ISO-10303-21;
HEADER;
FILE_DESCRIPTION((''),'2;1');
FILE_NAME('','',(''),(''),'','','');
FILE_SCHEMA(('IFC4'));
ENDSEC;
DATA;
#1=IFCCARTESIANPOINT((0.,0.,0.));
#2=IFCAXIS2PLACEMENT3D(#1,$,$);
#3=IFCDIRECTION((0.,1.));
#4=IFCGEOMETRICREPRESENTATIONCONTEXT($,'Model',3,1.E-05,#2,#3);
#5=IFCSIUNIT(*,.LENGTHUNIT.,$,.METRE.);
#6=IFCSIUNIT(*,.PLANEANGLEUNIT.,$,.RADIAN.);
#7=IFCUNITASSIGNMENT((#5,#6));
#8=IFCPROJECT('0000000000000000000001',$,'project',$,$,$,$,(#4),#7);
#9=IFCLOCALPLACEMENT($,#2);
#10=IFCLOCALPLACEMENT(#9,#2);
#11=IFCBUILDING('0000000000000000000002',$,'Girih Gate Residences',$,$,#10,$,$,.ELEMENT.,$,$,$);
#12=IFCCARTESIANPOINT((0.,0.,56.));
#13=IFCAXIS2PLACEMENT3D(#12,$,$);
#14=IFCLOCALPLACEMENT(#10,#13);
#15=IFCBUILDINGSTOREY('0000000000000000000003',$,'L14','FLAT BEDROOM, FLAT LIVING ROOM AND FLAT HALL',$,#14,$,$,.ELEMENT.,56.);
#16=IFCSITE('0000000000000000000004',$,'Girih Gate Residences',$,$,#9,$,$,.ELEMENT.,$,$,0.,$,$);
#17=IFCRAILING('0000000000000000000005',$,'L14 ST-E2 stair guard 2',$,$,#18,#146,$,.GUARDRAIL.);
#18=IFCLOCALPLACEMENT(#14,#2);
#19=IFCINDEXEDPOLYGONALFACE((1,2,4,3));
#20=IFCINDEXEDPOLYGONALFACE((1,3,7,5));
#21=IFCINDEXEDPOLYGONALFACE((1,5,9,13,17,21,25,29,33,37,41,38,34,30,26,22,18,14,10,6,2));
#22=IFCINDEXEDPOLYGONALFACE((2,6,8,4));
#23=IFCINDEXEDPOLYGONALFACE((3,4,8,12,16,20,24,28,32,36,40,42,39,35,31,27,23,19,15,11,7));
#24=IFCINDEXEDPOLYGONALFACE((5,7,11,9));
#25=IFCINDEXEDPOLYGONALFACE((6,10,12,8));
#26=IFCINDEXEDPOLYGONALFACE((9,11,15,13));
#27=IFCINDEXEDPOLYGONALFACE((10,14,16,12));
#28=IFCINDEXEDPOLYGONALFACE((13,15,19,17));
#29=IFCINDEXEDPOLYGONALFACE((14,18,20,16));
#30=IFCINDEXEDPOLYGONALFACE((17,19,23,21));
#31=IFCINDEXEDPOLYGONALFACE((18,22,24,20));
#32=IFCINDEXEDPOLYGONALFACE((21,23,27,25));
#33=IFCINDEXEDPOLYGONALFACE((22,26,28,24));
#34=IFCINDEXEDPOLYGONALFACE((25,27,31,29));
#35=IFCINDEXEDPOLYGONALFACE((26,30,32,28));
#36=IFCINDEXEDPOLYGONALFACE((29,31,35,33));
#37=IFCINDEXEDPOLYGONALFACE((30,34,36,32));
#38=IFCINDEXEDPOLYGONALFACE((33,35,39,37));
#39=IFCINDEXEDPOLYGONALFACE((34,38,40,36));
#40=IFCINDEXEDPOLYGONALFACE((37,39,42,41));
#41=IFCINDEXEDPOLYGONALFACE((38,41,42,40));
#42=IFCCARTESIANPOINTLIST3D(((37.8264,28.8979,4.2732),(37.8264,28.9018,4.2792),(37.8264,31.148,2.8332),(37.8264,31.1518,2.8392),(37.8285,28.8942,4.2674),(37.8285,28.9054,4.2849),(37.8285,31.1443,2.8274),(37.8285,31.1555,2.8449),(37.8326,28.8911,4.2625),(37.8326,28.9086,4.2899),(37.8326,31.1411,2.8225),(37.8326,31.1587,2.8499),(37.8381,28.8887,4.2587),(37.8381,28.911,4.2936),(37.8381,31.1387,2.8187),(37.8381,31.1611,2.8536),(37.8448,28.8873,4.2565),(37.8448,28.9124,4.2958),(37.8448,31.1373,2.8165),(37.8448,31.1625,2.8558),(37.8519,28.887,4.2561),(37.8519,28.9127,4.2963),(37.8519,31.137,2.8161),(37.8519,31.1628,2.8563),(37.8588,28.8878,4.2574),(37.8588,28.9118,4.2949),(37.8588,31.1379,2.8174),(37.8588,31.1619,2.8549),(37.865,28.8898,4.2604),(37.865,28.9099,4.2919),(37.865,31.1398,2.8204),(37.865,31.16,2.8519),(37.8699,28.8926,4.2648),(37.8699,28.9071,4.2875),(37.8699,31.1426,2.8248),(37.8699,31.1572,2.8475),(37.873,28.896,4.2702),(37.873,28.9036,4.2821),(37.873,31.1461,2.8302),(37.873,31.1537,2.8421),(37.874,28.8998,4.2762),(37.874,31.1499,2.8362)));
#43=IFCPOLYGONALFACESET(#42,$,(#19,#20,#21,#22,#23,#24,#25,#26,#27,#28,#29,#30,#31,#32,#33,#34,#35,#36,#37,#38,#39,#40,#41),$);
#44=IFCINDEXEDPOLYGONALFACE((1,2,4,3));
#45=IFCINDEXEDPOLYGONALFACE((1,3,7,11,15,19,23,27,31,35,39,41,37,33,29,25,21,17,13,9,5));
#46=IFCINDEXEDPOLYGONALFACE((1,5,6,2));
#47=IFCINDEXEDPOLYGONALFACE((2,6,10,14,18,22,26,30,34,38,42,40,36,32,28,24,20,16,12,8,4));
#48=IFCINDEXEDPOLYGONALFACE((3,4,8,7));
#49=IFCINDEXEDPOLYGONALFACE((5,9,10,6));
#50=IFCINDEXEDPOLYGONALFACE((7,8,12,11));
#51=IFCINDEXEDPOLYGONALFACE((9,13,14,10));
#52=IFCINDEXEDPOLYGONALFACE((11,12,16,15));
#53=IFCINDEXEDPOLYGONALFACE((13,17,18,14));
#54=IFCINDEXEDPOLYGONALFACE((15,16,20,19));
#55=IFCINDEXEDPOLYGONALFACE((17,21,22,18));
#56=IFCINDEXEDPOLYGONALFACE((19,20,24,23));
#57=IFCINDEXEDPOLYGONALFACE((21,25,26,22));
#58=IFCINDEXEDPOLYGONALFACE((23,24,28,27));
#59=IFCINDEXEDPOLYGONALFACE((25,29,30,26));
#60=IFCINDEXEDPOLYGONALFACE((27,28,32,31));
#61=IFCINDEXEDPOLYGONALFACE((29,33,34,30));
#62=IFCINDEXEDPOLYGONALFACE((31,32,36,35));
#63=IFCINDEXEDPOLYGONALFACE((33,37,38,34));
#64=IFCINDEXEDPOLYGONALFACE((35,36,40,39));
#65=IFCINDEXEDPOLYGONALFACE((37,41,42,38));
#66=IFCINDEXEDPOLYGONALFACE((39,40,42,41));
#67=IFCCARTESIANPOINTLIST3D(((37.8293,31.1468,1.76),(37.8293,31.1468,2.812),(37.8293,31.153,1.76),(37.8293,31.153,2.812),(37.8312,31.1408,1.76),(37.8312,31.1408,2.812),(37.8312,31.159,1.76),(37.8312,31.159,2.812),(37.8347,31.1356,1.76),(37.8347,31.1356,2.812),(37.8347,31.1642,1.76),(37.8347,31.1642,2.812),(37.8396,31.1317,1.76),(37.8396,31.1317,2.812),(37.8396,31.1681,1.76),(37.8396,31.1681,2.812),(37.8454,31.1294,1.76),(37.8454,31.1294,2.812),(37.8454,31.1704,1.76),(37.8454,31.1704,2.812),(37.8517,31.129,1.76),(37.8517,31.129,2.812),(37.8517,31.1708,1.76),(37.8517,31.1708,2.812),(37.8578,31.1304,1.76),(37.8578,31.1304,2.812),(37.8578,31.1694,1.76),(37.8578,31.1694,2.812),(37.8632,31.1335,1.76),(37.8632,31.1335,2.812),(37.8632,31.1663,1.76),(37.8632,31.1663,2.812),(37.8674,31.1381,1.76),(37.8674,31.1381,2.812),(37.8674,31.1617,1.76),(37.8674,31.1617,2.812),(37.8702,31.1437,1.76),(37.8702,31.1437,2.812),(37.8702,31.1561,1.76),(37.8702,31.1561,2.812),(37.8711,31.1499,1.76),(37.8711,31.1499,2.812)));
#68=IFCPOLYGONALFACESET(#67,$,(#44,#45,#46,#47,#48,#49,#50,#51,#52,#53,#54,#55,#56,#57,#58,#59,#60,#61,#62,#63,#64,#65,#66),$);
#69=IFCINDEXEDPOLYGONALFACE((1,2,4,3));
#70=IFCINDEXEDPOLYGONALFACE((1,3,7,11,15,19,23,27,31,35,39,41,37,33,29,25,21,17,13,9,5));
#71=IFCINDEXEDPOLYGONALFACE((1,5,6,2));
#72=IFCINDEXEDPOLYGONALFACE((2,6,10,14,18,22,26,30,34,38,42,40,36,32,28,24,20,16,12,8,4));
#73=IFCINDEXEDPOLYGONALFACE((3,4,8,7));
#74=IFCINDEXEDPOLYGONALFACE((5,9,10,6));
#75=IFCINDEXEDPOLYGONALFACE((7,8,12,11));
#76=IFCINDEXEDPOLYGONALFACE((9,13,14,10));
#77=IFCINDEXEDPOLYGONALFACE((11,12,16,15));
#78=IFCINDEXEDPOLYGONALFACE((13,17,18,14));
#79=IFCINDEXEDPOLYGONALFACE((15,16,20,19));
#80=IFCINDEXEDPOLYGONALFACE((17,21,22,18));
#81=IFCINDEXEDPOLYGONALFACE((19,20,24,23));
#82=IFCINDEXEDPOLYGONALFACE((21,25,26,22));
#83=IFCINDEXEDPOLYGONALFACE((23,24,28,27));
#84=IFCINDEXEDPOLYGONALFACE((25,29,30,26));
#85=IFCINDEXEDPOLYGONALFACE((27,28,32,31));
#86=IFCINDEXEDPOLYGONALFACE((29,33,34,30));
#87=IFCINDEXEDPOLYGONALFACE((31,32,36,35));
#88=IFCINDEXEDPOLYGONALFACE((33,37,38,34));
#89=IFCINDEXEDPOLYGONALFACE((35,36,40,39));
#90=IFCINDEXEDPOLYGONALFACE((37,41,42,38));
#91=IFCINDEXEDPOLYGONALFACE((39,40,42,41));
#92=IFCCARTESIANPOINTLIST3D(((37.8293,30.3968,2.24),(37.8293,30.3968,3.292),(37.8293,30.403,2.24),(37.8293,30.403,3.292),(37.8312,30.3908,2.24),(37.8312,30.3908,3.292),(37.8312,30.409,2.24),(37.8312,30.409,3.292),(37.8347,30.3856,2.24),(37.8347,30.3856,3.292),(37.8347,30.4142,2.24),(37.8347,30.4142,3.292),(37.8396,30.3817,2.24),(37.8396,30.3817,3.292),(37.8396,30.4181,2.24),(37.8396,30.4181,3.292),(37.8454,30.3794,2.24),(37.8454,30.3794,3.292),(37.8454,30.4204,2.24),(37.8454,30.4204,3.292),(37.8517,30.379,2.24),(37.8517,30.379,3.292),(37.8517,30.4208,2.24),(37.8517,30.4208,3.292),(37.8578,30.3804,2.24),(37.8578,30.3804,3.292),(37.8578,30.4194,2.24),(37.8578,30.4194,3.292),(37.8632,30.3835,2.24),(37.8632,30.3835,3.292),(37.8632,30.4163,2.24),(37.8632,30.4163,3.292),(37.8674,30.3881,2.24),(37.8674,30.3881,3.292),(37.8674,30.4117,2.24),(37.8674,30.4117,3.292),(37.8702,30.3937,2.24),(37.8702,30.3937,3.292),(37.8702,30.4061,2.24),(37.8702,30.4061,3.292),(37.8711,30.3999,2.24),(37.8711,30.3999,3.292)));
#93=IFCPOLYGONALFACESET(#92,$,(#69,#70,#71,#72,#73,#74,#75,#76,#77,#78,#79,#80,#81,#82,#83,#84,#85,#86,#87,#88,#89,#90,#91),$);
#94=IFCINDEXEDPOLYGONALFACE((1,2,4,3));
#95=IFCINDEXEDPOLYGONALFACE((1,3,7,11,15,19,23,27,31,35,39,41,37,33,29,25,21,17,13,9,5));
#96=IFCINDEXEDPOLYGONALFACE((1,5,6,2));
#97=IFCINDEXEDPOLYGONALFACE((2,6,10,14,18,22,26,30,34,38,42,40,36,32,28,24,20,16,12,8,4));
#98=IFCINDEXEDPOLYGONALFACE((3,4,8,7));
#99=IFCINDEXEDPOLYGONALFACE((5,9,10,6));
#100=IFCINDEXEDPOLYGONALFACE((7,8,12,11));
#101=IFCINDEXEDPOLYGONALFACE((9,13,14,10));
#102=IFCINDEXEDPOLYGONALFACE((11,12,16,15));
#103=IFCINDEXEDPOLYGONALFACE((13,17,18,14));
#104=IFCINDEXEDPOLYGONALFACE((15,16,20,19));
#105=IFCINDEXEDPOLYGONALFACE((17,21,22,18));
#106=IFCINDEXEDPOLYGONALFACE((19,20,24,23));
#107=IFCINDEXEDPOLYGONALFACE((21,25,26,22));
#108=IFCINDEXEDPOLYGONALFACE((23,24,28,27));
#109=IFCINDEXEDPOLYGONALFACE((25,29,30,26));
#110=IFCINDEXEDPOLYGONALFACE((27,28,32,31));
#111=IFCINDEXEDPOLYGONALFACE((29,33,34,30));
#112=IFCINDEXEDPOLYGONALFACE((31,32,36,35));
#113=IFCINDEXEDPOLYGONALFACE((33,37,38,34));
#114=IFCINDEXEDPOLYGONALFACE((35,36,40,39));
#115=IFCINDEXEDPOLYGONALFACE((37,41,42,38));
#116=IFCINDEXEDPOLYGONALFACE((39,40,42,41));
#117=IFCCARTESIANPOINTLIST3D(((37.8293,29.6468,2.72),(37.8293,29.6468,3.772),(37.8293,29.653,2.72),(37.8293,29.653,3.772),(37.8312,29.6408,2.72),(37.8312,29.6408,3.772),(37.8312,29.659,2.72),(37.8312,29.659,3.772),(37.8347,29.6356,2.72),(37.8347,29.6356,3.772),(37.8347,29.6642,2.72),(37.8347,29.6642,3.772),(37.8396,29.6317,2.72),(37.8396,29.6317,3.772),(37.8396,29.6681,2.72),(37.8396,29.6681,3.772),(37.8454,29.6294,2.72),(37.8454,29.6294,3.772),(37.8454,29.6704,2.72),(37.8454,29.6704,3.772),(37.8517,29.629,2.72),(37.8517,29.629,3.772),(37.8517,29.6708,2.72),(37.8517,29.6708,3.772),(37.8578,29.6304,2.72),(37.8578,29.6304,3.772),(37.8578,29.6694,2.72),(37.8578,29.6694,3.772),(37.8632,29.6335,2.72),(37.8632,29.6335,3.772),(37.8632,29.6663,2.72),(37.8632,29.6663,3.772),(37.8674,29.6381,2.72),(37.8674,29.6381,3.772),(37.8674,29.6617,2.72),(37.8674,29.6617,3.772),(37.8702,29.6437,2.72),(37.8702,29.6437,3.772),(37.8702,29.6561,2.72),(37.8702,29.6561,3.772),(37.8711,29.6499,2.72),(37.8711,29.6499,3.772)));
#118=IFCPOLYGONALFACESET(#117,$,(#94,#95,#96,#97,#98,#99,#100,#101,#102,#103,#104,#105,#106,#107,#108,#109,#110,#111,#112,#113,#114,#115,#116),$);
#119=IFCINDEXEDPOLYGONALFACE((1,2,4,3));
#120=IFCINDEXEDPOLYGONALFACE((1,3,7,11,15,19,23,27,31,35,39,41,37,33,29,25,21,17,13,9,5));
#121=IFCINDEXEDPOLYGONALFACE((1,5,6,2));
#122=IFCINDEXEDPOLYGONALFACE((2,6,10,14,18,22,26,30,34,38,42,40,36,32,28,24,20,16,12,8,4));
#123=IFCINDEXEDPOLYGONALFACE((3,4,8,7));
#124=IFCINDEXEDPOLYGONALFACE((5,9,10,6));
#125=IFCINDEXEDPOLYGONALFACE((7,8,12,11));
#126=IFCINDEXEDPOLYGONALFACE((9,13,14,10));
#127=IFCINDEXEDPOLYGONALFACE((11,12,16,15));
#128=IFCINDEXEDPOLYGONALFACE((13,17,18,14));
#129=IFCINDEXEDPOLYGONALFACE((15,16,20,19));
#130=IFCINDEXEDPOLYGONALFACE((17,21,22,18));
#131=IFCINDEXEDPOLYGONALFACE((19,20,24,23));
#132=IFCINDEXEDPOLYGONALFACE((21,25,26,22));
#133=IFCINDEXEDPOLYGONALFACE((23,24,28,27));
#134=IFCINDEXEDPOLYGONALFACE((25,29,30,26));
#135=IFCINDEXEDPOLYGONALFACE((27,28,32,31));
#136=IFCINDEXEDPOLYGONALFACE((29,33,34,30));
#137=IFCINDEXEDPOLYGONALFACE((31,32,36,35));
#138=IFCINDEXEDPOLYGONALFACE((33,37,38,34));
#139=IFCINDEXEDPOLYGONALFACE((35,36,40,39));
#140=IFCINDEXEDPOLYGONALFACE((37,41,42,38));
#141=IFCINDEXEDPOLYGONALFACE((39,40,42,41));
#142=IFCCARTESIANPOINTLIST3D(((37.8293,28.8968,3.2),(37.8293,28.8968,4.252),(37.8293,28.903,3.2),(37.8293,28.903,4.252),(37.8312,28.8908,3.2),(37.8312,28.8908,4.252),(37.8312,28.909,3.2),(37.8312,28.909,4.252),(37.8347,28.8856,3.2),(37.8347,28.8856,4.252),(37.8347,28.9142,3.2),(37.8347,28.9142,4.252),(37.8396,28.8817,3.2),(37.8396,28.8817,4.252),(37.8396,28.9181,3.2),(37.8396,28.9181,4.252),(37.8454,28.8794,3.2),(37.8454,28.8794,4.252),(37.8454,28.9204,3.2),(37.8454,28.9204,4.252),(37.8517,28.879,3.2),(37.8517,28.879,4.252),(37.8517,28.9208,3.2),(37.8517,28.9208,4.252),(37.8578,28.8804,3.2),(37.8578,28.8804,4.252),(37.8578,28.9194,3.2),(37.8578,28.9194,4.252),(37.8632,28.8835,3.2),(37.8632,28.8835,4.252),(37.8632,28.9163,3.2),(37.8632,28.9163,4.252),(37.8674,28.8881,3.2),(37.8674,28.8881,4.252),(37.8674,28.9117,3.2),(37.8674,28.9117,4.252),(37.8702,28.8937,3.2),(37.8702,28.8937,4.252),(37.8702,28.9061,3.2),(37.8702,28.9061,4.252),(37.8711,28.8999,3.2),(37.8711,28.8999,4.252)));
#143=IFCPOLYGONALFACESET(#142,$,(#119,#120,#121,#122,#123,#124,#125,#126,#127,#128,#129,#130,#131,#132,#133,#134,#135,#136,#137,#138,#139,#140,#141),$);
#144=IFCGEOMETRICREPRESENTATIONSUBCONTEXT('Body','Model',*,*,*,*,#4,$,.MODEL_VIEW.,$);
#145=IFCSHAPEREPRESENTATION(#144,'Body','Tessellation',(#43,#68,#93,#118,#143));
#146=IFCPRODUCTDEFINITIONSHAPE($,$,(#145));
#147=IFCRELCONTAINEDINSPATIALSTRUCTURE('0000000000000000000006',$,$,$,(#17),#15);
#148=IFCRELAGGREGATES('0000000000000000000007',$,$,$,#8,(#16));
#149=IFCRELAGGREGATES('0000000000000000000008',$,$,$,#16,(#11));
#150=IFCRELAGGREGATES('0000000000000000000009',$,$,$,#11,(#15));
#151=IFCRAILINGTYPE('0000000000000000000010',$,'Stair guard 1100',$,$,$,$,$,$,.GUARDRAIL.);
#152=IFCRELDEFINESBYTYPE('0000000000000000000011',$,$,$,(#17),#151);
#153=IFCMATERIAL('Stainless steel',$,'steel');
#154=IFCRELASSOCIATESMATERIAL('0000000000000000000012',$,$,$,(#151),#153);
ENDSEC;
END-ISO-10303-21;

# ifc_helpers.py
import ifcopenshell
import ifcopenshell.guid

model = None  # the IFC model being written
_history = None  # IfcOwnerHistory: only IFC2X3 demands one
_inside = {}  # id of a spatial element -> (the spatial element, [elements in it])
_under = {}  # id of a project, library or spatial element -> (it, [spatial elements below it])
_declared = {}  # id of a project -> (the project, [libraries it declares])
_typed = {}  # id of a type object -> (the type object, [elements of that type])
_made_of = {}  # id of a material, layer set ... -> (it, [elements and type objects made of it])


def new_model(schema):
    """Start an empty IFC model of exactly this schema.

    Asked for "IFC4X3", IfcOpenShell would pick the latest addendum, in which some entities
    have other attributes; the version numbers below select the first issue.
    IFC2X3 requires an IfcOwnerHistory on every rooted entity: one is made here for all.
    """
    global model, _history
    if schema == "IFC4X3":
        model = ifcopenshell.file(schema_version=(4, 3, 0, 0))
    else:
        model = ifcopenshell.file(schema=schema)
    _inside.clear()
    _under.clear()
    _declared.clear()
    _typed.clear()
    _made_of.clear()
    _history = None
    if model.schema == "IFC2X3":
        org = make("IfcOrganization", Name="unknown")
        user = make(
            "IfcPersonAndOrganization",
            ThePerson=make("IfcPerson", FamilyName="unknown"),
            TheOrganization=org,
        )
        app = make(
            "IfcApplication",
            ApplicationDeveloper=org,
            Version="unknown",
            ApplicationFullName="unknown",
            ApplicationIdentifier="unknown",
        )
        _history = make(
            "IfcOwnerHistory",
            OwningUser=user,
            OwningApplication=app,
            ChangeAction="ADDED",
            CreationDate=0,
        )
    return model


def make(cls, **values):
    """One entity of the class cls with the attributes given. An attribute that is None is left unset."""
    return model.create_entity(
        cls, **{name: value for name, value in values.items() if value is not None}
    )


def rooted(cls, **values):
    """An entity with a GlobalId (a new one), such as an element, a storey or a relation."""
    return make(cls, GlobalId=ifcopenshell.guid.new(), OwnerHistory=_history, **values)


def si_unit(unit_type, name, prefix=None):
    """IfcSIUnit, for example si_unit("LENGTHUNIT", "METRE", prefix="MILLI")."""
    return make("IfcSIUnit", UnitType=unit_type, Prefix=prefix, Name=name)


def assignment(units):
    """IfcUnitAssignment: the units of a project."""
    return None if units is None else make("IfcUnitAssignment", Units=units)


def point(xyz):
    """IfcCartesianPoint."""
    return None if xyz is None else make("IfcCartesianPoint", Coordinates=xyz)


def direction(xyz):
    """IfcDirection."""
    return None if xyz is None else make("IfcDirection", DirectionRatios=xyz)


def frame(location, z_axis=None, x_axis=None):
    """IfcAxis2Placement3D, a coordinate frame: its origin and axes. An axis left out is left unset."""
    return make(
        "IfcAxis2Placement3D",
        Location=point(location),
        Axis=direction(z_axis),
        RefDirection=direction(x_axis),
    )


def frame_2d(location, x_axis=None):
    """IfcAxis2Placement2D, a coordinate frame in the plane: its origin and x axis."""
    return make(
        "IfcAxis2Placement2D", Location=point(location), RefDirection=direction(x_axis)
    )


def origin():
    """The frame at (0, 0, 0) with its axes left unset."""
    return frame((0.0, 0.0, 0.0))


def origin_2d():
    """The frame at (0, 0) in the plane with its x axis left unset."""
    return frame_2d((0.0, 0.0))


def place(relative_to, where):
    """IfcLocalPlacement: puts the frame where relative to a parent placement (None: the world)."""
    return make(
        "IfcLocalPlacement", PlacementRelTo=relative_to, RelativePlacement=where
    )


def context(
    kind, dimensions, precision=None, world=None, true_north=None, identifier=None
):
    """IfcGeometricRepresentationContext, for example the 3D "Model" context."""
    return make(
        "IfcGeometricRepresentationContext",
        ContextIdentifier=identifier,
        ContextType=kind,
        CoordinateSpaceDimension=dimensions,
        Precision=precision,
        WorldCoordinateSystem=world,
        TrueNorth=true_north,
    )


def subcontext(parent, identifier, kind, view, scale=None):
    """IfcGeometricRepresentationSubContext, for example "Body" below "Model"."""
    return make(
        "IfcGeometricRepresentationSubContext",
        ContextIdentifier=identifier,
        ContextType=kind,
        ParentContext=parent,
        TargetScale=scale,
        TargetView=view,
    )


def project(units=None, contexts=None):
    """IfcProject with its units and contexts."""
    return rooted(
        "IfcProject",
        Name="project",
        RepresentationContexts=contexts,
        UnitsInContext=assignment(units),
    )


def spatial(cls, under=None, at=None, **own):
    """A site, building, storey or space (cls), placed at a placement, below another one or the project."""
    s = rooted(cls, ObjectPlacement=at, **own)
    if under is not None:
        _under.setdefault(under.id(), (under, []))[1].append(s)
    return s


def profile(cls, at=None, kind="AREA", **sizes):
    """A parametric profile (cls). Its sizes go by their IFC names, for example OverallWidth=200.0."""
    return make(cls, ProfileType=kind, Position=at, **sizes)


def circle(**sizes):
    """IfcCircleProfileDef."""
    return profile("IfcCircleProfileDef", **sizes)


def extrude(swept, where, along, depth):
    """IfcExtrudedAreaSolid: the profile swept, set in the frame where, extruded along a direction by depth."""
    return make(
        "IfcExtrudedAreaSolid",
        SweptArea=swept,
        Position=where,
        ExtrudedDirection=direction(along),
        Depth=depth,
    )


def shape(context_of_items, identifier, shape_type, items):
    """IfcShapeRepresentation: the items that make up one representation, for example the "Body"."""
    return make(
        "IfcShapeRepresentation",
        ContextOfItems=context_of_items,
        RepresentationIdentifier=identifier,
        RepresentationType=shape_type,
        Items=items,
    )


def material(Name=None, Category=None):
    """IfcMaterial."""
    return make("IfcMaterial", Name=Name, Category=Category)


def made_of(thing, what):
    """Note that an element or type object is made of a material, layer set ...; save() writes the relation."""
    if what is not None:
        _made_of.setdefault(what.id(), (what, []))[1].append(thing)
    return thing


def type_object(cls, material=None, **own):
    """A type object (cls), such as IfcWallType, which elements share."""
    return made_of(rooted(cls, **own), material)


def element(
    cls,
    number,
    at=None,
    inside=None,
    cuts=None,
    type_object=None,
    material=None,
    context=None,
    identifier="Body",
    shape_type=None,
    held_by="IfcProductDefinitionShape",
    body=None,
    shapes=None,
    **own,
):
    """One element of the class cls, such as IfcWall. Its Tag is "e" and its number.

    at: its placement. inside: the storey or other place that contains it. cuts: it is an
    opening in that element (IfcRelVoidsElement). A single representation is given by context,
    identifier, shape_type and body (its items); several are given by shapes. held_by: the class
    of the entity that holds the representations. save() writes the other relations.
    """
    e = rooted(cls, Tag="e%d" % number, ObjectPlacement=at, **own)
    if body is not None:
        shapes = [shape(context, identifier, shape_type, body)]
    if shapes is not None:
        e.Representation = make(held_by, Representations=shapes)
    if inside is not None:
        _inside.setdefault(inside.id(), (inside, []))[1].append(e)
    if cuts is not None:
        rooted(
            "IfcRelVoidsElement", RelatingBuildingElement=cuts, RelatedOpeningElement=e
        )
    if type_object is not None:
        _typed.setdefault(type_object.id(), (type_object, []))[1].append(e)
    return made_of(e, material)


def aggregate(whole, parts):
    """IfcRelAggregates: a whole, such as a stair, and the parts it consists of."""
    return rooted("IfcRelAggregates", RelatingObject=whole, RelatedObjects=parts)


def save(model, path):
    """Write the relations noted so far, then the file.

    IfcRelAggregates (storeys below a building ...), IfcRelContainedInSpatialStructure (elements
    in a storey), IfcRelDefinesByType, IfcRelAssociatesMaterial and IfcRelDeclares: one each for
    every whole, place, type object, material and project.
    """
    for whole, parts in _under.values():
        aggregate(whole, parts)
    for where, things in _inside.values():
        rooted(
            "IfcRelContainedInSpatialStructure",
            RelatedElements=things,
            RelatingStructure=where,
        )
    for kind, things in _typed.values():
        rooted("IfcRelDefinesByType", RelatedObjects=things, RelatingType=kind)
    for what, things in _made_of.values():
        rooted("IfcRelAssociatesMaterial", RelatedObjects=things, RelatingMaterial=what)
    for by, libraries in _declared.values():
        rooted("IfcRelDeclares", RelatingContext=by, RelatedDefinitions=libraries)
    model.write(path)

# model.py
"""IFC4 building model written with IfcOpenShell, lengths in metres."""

from ifc_helpers import new_model, si_unit, direction, frame, origin, origin_2d, place, context, subcontext, project, spatial, circle, extrude, material, type_object, element, save


model = new_model("IFC4")

# Units and contexts
model_context = context("Model", 3, precision=1e-05, world=origin(), true_north=direction((0.0, 1.0)))
body_context = subcontext(model_context, "Body", "Model", "MODEL_VIEW")
ifc_project = project(units=[si_unit("LENGTHUNIT", "METRE"), si_unit("PLANEANGLEUNIT", "RADIAN")], contexts=[model_context])

# Site, building, storey
site_placement = place(None, origin())
site = spatial("IfcSite", under=ifc_project, at=site_placement, Name="Girih Gate Residences", CompositionType="ELEMENT", RefElevation=0.0)
building_placement = place(site_placement, origin())
building = spatial("IfcBuilding", under=site, at=building_placement, Name="Girih Gate Residences", CompositionType="ELEMENT")
storey_placement = place(building_placement, frame((0.0, 0.0, 56.0)))
storey = spatial("IfcBuildingStorey", under=building, at=storey_placement, Name="L14", Description="FLAT BEDROOM, FLAT LIVING ROOM AND FLAT HALL", CompositionType="ELEMENT", Elevation=56.0)

# Shared definitions
ifc_material_1 = material(Name="Stainless steel", Category="steel")

# Railing
railing_type_1 = type_object("IfcRailingType", Name="Stair guard 1100", PredefinedType="GUARDRAIL", material=ifc_material_1)
railing_1_placement = place(storey_placement, frame((37.8501, 31.1499, 1.76)))
element("IfcRailing", 1, at=railing_1_placement, inside=storey, type_object=railing_type_1, Name="L14 ST-E2 stair guard 2", PredefinedType="GUARDRAIL", context=body_context, shape_type="SweptSolid", body=[
    extrude(circle(Radius=0.0239, at=origin_2d()), frame((0.0, 0.0, 1.0762), z_axis=(0.0, -0.842281, 0.539038), x_axis=(1.0, 0.0, 0.0)), (0.0, 0.0, 1.0), 2.6714),
    extrude(circle(Radius=0.021, at=origin_2d()), origin(), (0.0, 0.0, 1.0), 1.052),
    extrude(circle(Radius=0.021, at=origin_2d()), frame((0.0, -0.75, 0.48)), (0.0, 0.0, 1.0), 1.052),
    extrude(circle(Radius=0.021, at=origin_2d()), frame((0.0, -1.5, 0.96)), (0.0, 0.0, 1.0), 1.052),
    extrude(circle(Radius=0.021, at=origin_2d()), frame((0.0, -2.25, 1.4399)), (0.0, 0.0, 1.0), 1.052),
])

save(model, "model.ifc")
